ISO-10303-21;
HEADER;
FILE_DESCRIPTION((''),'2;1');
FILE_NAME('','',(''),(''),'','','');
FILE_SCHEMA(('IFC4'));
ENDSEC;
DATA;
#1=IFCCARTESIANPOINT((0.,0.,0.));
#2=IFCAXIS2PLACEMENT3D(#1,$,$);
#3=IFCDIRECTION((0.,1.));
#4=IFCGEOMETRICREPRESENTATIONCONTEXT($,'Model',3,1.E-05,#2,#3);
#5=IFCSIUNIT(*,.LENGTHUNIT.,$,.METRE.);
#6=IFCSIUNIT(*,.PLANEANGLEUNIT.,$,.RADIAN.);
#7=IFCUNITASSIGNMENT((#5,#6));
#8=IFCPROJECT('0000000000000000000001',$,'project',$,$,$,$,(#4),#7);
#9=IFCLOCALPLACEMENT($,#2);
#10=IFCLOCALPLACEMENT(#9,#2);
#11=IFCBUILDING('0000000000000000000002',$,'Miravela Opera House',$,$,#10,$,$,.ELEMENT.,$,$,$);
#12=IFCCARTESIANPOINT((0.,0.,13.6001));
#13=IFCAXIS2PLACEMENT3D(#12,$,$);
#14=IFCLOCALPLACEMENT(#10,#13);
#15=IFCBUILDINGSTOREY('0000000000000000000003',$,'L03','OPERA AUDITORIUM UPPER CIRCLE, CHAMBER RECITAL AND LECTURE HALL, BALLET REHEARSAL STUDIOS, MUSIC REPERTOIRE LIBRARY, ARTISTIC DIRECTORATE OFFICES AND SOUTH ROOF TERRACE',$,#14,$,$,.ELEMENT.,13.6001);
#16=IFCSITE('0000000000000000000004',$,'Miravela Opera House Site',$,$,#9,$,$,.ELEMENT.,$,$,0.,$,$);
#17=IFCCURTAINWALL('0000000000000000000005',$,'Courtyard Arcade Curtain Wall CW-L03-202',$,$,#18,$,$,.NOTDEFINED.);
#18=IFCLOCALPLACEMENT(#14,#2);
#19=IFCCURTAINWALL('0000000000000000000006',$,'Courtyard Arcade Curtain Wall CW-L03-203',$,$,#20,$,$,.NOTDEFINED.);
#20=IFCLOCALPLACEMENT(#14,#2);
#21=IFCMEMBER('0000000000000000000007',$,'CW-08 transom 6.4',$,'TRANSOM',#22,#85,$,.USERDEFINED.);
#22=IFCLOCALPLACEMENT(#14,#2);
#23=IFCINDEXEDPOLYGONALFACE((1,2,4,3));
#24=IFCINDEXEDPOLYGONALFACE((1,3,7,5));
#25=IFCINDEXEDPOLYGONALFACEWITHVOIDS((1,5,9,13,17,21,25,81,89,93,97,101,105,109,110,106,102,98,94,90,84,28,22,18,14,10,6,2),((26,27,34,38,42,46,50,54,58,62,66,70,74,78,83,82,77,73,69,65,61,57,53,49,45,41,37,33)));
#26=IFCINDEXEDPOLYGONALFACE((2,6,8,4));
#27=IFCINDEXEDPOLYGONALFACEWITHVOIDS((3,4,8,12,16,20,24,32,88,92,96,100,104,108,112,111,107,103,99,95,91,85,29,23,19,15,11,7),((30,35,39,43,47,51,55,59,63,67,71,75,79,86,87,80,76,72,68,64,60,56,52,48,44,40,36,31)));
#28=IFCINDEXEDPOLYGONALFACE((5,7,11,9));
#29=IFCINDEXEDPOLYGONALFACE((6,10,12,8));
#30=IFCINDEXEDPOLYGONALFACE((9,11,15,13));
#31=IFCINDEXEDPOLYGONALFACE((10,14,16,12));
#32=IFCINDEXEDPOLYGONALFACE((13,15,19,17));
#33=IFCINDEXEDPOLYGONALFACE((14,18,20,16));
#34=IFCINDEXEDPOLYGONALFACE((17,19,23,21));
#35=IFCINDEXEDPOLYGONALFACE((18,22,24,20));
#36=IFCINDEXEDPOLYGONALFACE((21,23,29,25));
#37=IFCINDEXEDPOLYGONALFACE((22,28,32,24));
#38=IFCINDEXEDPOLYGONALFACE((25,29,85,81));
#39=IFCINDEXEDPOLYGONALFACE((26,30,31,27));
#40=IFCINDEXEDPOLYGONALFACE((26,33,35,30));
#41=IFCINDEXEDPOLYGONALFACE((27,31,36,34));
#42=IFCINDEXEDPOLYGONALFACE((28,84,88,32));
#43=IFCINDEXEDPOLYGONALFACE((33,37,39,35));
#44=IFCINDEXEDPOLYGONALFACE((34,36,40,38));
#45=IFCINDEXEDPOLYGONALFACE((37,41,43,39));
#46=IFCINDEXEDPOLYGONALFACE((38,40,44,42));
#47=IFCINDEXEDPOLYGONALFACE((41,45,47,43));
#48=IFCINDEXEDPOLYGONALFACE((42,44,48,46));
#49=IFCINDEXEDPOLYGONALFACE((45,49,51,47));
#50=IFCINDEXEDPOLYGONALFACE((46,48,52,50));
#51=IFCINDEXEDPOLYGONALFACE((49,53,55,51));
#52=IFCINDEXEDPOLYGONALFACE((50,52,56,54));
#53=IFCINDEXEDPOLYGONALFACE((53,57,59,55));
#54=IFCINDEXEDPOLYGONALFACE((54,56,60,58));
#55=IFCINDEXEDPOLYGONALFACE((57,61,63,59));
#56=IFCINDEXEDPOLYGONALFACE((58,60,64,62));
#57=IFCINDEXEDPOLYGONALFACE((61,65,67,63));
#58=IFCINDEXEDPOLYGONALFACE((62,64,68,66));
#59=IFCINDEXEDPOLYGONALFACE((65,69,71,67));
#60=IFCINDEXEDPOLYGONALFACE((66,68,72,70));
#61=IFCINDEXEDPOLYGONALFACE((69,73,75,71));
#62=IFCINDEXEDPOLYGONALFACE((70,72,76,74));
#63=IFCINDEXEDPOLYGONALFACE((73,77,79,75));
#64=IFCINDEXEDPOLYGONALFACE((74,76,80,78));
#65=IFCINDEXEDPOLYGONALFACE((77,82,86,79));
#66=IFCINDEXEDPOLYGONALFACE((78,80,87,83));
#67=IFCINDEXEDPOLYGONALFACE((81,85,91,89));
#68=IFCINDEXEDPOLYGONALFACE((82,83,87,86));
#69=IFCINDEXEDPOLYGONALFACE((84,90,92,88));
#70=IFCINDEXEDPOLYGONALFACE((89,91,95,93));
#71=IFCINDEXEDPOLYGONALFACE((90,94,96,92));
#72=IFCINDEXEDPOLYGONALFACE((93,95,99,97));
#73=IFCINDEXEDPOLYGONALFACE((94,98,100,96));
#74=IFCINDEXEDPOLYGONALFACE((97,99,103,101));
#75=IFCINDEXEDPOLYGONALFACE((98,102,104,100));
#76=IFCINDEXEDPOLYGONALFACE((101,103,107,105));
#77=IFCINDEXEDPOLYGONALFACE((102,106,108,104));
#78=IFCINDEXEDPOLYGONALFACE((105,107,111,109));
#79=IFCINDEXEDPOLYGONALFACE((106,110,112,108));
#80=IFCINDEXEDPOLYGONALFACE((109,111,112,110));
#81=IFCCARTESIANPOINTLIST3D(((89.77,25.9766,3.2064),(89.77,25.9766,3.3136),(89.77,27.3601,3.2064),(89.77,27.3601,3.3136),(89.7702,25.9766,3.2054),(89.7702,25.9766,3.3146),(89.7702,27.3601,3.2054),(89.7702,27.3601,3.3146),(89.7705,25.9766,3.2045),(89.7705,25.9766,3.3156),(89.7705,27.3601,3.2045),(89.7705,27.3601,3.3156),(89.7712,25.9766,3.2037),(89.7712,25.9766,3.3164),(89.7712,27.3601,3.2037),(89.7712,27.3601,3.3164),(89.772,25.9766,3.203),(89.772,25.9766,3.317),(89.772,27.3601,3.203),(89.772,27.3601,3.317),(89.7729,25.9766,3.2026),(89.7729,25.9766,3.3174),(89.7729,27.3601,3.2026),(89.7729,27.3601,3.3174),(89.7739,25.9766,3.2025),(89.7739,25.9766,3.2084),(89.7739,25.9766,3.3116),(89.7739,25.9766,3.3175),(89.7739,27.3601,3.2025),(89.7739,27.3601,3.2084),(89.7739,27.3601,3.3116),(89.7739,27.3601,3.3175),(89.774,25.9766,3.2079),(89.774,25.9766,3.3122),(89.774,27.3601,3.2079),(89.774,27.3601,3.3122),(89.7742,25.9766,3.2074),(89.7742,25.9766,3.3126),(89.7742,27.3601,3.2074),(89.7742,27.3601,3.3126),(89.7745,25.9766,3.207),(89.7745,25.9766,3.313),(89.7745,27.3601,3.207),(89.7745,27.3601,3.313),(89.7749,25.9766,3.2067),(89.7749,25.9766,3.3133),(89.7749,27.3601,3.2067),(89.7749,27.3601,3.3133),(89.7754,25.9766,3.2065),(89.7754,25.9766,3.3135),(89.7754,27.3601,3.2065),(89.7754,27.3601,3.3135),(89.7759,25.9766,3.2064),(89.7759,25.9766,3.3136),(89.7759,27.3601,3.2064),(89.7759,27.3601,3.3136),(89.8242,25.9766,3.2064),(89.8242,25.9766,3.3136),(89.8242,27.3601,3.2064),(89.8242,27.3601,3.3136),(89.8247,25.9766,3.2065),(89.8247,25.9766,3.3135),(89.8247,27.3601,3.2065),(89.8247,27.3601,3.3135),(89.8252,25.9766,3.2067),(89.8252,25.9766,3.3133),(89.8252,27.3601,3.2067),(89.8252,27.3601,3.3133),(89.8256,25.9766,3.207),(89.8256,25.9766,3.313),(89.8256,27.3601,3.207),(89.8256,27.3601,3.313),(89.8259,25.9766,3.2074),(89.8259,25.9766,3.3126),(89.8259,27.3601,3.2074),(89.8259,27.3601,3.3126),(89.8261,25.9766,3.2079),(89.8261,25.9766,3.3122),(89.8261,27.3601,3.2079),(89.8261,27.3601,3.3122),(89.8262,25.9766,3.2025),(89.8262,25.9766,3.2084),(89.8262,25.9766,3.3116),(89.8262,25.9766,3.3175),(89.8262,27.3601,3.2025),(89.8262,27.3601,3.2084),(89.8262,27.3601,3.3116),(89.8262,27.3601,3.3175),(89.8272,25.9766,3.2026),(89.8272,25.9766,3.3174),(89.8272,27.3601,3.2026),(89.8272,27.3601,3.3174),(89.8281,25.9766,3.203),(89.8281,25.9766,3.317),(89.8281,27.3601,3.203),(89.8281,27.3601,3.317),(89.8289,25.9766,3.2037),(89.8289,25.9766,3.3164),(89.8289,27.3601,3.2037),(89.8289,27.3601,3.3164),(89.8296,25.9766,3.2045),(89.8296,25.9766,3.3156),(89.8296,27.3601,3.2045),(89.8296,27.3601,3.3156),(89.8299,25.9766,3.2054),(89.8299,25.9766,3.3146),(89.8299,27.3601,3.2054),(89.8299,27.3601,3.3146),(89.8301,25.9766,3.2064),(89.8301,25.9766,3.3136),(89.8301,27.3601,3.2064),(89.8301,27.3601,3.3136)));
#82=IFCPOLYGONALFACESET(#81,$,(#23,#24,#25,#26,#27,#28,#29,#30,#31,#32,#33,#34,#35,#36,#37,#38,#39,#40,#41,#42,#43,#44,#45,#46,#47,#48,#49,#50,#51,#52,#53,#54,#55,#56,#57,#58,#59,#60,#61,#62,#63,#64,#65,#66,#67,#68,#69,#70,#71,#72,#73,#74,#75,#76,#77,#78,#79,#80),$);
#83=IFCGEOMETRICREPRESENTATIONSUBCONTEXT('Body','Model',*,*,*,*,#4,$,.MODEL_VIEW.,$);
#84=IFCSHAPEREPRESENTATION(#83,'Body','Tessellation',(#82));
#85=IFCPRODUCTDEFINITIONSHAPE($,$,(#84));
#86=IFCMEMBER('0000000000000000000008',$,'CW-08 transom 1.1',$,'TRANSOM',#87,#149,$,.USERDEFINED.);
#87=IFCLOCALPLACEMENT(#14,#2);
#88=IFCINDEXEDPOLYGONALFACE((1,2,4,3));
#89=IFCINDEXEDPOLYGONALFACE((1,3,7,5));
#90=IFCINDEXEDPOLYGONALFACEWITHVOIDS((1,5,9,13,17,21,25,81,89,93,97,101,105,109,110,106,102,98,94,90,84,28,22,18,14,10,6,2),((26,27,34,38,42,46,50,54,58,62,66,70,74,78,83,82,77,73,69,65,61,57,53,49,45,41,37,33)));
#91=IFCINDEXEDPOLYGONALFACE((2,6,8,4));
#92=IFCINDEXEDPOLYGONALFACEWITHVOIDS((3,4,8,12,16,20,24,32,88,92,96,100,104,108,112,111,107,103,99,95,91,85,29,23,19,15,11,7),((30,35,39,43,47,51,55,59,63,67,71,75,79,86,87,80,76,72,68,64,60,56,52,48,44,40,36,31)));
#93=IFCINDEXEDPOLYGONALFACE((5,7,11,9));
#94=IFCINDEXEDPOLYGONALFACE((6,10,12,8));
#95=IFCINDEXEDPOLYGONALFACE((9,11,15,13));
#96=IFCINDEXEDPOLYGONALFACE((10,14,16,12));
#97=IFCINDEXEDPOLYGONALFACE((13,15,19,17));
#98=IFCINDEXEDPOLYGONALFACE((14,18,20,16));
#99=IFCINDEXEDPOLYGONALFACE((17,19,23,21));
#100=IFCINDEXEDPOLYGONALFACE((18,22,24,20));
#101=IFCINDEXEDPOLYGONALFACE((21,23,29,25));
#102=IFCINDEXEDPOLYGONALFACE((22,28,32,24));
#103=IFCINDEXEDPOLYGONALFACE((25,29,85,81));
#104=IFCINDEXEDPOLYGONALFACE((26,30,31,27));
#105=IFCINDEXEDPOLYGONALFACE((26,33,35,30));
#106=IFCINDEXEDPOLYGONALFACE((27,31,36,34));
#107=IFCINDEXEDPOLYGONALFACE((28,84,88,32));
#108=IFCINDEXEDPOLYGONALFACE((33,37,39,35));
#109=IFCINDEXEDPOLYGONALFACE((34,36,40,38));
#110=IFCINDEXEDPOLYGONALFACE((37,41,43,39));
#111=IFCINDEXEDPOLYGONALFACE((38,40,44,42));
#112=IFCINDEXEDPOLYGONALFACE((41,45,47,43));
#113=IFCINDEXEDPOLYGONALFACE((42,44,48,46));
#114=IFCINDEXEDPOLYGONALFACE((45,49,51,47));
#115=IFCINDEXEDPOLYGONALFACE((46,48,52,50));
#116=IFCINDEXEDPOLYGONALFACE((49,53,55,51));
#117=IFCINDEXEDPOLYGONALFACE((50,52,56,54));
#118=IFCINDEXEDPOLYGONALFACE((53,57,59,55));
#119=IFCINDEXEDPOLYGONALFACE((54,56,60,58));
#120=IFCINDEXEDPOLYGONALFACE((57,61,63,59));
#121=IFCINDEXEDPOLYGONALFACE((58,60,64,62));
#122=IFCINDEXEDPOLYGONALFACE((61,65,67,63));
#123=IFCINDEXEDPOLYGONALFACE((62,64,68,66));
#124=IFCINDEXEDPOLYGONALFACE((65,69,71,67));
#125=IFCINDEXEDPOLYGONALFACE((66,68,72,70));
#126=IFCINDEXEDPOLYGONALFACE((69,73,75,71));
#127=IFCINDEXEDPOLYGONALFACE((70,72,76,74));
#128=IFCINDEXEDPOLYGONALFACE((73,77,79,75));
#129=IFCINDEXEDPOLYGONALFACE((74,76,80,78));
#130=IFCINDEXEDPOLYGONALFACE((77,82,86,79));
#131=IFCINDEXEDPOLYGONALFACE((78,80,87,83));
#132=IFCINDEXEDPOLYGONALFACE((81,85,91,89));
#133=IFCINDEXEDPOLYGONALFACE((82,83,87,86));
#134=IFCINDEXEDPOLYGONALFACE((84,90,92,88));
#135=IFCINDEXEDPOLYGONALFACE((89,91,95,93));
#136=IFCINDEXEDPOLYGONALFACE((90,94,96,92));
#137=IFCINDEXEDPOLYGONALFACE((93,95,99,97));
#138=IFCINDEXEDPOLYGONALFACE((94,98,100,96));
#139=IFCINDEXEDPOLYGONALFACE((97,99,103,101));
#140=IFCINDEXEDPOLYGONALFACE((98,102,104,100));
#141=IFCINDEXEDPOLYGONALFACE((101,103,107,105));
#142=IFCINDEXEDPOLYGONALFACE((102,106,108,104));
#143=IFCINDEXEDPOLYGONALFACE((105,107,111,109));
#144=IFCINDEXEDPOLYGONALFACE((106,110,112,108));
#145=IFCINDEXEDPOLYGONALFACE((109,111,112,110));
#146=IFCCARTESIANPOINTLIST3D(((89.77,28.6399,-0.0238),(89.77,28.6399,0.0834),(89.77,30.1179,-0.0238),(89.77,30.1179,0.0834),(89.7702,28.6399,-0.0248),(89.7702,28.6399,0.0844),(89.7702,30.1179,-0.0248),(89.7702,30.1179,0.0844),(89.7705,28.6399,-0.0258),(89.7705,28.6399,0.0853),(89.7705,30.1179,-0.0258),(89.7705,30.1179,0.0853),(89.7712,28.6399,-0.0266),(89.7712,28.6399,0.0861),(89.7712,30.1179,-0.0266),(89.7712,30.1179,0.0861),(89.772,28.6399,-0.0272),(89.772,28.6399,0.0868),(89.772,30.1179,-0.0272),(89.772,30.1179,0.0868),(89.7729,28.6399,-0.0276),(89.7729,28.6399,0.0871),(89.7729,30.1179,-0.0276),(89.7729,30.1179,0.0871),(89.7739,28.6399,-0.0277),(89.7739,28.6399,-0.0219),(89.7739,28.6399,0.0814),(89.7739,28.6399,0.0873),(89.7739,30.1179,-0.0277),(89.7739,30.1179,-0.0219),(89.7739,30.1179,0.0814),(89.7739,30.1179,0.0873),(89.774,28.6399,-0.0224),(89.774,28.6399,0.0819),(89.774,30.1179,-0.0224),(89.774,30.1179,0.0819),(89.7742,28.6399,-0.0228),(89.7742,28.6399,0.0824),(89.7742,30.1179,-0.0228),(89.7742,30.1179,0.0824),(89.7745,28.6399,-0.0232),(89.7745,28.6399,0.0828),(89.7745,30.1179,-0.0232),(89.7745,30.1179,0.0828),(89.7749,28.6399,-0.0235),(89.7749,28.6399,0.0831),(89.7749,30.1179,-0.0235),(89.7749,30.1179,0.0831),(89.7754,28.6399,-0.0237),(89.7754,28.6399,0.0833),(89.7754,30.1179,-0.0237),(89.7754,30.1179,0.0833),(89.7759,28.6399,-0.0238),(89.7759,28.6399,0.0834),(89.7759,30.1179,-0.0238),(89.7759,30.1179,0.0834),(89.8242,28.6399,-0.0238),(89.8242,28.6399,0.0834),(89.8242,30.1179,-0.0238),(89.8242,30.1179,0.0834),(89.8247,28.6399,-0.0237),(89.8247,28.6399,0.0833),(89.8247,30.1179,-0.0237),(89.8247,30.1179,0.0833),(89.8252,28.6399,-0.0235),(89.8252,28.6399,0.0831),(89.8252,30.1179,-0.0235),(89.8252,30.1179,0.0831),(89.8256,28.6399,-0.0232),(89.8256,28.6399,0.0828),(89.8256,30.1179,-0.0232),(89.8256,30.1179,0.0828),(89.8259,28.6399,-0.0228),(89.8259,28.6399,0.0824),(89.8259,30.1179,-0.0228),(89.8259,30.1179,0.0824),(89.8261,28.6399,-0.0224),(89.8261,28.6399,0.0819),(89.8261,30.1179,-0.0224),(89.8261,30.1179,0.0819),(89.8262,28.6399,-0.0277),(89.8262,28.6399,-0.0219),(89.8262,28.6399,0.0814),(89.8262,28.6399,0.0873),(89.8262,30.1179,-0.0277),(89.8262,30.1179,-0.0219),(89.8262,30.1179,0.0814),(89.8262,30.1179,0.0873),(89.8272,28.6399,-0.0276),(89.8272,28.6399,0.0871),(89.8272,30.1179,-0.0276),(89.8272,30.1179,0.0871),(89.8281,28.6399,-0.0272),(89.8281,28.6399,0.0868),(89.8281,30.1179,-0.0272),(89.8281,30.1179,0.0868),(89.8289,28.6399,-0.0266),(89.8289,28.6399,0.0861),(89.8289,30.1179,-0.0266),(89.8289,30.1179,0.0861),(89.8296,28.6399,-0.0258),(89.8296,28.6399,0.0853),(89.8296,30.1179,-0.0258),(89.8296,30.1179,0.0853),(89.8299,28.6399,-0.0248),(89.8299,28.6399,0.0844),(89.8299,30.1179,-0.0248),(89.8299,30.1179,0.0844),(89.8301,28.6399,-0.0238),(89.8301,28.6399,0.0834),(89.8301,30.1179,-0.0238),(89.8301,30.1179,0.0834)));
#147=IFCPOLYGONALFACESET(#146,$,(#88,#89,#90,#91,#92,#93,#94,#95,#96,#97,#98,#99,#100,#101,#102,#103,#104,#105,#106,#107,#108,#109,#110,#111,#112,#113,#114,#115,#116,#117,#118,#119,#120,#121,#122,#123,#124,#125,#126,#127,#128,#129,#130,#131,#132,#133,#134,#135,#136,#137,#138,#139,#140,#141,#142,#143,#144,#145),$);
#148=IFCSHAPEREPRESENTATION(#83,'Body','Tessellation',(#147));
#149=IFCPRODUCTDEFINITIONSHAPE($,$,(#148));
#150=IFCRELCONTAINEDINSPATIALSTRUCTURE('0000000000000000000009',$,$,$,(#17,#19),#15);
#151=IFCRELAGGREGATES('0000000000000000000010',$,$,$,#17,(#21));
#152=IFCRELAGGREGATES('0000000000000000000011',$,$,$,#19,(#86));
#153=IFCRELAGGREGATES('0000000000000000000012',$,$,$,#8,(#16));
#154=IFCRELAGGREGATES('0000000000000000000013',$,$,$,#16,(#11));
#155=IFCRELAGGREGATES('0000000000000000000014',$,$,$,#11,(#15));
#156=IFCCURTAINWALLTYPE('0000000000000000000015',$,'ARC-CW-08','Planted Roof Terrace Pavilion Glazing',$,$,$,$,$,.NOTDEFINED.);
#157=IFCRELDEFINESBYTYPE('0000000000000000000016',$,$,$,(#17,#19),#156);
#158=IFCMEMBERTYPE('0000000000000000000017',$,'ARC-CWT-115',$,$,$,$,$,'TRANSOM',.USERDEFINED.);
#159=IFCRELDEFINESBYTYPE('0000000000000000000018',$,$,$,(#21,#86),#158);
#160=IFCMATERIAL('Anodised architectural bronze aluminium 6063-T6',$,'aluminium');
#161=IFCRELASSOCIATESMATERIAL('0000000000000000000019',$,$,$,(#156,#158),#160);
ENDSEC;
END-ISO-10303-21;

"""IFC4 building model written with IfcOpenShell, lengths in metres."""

from ifc_helpers import new_model, si_unit, direction, frame, origin, origin_2d, place, context, subcontext, project, spatial, hollow_rectangle, extrude, material, material_profile, profile_set, type_object, element, aggregate, save


model = new_model("IFC4")

# Units and contexts
model_context = context("Model", 3, precision=1e-05, world=origin(), true_north=direction((0.0, 1.0)))
body_context = subcontext(model_context, "Body", "Model", "MODEL_VIEW")
ifc_project = project(units=[si_unit("LENGTHUNIT", "METRE"), si_unit("PLANEANGLEUNIT", "RADIAN")], contexts=[model_context])

# Site, building, storey
site_placement = place(None, origin())
site = spatial("IfcSite", under=ifc_project, at=site_placement, Name="Miravela Opera House Site", CompositionType="ELEMENT", RefElevation=0.0)
building_placement = place(site_placement, origin())
building = spatial("IfcBuilding", under=site, at=building_placement, Name="Miravela Opera House", CompositionType="ELEMENT")
storey_placement = place(building_placement, frame((0.0, 0.0, 13.6001)))
storey = spatial("IfcBuildingStorey", under=building, at=storey_placement, Name="L03", Description="OPERA AUDITORIUM UPPER CIRCLE, CHAMBER RECITAL AND LECTURE HALL, BALLET REHEARSAL STUDIOS, MUSIC REPERTOIRE LIBRARY, ARTISTIC DIRECTORATE OFFICES AND SOUTH ROOF TERRACE", CompositionType="ELEMENT", Elevation=13.6001)

# Curtain wall
ifc_material_1 = material(Name="Anodised architectural bronze aluminium 6063-T6", Category="aluminium")
curtain_wall_type = type_object("IfcCurtainWallType", Name="ARC-CW-08", Description="Planted Roof Terrace Pavilion Glazing", PredefinedType="NOTDEFINED", material=ifc_material_1)
curtain_wall_1_placement = place(storey_placement, origin())
curtain_wall_1 = element("IfcCurtainWall", 1, at=curtain_wall_1_placement, inside=storey, type_object=curtain_wall_type, Name="Courtyard Arcade Curtain Wall CW-L03-202", PredefinedType="NOTDEFINED")

# Curtain wall
curtain_wall_2_placement = place(storey_placement, origin())
curtain_wall_2 = element("IfcCurtainWall", 2, at=curtain_wall_2_placement, inside=storey, type_object=curtain_wall_type, Name="Courtyard Arcade Curtain Wall CW-L03-203", PredefinedType="NOTDEFINED")

# Members
ifc_material_profile_1 = material_profile(ifc_material_1, hollow_rectangle(XDim=0.0601, YDim=0.115, WallThickness=0.0039, InnerFilletRadius=0.002, OuterFilletRadius=0.0039, at=origin_2d()), Name="CWT-60X115")
ifc_profile_set_1 = profile_set([ifc_material_profile_1])
member_type_1 = type_object("IfcMemberType", Name="ARC-CWT-115", ElementType="TRANSOM", PredefinedType="USERDEFINED", material=ifc_profile_set_1)
member_1_placement = place(storey_placement, frame((89.8, 25.9766, 3.26), z_axis=(0.0, 1.0, 0.0), x_axis=(-1.0, 0.0, 0.0)))
member_1 = element("IfcMember", 3, at=member_1_placement, type_object=member_type_1, Name="CW-08 transom 6.4", ObjectType="TRANSOM", PredefinedType="USERDEFINED", context=body_context, shape_type="SweptSolid", body=[
    extrude(hollow_rectangle(XDim=0.0601, YDim=0.115, WallThickness=0.0039, InnerFilletRadius=0.002, OuterFilletRadius=0.0039, at=origin_2d()), origin(), (0.0, 0.0, 1.0), 1.3835),
])
member_2_placement = place(storey_placement, frame((89.8, 28.6399, 0.0298), z_axis=(0.0, 1.0, 0.0), x_axis=(-1.0, 0.0, 0.0)))
member_2 = element("IfcMember", 4, at=member_2_placement, type_object=member_type_1, Name="CW-08 transom 1.1", ObjectType="TRANSOM", PredefinedType="USERDEFINED", context=body_context, shape_type="SweptSolid", body=[
    extrude(hollow_rectangle(XDim=0.0601, YDim=0.115, WallThickness=0.0039, InnerFilletRadius=0.002, OuterFilletRadius=0.0039, at=origin_2d()), origin(), (0.0, 0.0, 1.0), 1.478),
])

aggregate(curtain_wall_1, [member_1])
aggregate(curtain_wall_2, [member_2])

save(model, "model.ifc")
